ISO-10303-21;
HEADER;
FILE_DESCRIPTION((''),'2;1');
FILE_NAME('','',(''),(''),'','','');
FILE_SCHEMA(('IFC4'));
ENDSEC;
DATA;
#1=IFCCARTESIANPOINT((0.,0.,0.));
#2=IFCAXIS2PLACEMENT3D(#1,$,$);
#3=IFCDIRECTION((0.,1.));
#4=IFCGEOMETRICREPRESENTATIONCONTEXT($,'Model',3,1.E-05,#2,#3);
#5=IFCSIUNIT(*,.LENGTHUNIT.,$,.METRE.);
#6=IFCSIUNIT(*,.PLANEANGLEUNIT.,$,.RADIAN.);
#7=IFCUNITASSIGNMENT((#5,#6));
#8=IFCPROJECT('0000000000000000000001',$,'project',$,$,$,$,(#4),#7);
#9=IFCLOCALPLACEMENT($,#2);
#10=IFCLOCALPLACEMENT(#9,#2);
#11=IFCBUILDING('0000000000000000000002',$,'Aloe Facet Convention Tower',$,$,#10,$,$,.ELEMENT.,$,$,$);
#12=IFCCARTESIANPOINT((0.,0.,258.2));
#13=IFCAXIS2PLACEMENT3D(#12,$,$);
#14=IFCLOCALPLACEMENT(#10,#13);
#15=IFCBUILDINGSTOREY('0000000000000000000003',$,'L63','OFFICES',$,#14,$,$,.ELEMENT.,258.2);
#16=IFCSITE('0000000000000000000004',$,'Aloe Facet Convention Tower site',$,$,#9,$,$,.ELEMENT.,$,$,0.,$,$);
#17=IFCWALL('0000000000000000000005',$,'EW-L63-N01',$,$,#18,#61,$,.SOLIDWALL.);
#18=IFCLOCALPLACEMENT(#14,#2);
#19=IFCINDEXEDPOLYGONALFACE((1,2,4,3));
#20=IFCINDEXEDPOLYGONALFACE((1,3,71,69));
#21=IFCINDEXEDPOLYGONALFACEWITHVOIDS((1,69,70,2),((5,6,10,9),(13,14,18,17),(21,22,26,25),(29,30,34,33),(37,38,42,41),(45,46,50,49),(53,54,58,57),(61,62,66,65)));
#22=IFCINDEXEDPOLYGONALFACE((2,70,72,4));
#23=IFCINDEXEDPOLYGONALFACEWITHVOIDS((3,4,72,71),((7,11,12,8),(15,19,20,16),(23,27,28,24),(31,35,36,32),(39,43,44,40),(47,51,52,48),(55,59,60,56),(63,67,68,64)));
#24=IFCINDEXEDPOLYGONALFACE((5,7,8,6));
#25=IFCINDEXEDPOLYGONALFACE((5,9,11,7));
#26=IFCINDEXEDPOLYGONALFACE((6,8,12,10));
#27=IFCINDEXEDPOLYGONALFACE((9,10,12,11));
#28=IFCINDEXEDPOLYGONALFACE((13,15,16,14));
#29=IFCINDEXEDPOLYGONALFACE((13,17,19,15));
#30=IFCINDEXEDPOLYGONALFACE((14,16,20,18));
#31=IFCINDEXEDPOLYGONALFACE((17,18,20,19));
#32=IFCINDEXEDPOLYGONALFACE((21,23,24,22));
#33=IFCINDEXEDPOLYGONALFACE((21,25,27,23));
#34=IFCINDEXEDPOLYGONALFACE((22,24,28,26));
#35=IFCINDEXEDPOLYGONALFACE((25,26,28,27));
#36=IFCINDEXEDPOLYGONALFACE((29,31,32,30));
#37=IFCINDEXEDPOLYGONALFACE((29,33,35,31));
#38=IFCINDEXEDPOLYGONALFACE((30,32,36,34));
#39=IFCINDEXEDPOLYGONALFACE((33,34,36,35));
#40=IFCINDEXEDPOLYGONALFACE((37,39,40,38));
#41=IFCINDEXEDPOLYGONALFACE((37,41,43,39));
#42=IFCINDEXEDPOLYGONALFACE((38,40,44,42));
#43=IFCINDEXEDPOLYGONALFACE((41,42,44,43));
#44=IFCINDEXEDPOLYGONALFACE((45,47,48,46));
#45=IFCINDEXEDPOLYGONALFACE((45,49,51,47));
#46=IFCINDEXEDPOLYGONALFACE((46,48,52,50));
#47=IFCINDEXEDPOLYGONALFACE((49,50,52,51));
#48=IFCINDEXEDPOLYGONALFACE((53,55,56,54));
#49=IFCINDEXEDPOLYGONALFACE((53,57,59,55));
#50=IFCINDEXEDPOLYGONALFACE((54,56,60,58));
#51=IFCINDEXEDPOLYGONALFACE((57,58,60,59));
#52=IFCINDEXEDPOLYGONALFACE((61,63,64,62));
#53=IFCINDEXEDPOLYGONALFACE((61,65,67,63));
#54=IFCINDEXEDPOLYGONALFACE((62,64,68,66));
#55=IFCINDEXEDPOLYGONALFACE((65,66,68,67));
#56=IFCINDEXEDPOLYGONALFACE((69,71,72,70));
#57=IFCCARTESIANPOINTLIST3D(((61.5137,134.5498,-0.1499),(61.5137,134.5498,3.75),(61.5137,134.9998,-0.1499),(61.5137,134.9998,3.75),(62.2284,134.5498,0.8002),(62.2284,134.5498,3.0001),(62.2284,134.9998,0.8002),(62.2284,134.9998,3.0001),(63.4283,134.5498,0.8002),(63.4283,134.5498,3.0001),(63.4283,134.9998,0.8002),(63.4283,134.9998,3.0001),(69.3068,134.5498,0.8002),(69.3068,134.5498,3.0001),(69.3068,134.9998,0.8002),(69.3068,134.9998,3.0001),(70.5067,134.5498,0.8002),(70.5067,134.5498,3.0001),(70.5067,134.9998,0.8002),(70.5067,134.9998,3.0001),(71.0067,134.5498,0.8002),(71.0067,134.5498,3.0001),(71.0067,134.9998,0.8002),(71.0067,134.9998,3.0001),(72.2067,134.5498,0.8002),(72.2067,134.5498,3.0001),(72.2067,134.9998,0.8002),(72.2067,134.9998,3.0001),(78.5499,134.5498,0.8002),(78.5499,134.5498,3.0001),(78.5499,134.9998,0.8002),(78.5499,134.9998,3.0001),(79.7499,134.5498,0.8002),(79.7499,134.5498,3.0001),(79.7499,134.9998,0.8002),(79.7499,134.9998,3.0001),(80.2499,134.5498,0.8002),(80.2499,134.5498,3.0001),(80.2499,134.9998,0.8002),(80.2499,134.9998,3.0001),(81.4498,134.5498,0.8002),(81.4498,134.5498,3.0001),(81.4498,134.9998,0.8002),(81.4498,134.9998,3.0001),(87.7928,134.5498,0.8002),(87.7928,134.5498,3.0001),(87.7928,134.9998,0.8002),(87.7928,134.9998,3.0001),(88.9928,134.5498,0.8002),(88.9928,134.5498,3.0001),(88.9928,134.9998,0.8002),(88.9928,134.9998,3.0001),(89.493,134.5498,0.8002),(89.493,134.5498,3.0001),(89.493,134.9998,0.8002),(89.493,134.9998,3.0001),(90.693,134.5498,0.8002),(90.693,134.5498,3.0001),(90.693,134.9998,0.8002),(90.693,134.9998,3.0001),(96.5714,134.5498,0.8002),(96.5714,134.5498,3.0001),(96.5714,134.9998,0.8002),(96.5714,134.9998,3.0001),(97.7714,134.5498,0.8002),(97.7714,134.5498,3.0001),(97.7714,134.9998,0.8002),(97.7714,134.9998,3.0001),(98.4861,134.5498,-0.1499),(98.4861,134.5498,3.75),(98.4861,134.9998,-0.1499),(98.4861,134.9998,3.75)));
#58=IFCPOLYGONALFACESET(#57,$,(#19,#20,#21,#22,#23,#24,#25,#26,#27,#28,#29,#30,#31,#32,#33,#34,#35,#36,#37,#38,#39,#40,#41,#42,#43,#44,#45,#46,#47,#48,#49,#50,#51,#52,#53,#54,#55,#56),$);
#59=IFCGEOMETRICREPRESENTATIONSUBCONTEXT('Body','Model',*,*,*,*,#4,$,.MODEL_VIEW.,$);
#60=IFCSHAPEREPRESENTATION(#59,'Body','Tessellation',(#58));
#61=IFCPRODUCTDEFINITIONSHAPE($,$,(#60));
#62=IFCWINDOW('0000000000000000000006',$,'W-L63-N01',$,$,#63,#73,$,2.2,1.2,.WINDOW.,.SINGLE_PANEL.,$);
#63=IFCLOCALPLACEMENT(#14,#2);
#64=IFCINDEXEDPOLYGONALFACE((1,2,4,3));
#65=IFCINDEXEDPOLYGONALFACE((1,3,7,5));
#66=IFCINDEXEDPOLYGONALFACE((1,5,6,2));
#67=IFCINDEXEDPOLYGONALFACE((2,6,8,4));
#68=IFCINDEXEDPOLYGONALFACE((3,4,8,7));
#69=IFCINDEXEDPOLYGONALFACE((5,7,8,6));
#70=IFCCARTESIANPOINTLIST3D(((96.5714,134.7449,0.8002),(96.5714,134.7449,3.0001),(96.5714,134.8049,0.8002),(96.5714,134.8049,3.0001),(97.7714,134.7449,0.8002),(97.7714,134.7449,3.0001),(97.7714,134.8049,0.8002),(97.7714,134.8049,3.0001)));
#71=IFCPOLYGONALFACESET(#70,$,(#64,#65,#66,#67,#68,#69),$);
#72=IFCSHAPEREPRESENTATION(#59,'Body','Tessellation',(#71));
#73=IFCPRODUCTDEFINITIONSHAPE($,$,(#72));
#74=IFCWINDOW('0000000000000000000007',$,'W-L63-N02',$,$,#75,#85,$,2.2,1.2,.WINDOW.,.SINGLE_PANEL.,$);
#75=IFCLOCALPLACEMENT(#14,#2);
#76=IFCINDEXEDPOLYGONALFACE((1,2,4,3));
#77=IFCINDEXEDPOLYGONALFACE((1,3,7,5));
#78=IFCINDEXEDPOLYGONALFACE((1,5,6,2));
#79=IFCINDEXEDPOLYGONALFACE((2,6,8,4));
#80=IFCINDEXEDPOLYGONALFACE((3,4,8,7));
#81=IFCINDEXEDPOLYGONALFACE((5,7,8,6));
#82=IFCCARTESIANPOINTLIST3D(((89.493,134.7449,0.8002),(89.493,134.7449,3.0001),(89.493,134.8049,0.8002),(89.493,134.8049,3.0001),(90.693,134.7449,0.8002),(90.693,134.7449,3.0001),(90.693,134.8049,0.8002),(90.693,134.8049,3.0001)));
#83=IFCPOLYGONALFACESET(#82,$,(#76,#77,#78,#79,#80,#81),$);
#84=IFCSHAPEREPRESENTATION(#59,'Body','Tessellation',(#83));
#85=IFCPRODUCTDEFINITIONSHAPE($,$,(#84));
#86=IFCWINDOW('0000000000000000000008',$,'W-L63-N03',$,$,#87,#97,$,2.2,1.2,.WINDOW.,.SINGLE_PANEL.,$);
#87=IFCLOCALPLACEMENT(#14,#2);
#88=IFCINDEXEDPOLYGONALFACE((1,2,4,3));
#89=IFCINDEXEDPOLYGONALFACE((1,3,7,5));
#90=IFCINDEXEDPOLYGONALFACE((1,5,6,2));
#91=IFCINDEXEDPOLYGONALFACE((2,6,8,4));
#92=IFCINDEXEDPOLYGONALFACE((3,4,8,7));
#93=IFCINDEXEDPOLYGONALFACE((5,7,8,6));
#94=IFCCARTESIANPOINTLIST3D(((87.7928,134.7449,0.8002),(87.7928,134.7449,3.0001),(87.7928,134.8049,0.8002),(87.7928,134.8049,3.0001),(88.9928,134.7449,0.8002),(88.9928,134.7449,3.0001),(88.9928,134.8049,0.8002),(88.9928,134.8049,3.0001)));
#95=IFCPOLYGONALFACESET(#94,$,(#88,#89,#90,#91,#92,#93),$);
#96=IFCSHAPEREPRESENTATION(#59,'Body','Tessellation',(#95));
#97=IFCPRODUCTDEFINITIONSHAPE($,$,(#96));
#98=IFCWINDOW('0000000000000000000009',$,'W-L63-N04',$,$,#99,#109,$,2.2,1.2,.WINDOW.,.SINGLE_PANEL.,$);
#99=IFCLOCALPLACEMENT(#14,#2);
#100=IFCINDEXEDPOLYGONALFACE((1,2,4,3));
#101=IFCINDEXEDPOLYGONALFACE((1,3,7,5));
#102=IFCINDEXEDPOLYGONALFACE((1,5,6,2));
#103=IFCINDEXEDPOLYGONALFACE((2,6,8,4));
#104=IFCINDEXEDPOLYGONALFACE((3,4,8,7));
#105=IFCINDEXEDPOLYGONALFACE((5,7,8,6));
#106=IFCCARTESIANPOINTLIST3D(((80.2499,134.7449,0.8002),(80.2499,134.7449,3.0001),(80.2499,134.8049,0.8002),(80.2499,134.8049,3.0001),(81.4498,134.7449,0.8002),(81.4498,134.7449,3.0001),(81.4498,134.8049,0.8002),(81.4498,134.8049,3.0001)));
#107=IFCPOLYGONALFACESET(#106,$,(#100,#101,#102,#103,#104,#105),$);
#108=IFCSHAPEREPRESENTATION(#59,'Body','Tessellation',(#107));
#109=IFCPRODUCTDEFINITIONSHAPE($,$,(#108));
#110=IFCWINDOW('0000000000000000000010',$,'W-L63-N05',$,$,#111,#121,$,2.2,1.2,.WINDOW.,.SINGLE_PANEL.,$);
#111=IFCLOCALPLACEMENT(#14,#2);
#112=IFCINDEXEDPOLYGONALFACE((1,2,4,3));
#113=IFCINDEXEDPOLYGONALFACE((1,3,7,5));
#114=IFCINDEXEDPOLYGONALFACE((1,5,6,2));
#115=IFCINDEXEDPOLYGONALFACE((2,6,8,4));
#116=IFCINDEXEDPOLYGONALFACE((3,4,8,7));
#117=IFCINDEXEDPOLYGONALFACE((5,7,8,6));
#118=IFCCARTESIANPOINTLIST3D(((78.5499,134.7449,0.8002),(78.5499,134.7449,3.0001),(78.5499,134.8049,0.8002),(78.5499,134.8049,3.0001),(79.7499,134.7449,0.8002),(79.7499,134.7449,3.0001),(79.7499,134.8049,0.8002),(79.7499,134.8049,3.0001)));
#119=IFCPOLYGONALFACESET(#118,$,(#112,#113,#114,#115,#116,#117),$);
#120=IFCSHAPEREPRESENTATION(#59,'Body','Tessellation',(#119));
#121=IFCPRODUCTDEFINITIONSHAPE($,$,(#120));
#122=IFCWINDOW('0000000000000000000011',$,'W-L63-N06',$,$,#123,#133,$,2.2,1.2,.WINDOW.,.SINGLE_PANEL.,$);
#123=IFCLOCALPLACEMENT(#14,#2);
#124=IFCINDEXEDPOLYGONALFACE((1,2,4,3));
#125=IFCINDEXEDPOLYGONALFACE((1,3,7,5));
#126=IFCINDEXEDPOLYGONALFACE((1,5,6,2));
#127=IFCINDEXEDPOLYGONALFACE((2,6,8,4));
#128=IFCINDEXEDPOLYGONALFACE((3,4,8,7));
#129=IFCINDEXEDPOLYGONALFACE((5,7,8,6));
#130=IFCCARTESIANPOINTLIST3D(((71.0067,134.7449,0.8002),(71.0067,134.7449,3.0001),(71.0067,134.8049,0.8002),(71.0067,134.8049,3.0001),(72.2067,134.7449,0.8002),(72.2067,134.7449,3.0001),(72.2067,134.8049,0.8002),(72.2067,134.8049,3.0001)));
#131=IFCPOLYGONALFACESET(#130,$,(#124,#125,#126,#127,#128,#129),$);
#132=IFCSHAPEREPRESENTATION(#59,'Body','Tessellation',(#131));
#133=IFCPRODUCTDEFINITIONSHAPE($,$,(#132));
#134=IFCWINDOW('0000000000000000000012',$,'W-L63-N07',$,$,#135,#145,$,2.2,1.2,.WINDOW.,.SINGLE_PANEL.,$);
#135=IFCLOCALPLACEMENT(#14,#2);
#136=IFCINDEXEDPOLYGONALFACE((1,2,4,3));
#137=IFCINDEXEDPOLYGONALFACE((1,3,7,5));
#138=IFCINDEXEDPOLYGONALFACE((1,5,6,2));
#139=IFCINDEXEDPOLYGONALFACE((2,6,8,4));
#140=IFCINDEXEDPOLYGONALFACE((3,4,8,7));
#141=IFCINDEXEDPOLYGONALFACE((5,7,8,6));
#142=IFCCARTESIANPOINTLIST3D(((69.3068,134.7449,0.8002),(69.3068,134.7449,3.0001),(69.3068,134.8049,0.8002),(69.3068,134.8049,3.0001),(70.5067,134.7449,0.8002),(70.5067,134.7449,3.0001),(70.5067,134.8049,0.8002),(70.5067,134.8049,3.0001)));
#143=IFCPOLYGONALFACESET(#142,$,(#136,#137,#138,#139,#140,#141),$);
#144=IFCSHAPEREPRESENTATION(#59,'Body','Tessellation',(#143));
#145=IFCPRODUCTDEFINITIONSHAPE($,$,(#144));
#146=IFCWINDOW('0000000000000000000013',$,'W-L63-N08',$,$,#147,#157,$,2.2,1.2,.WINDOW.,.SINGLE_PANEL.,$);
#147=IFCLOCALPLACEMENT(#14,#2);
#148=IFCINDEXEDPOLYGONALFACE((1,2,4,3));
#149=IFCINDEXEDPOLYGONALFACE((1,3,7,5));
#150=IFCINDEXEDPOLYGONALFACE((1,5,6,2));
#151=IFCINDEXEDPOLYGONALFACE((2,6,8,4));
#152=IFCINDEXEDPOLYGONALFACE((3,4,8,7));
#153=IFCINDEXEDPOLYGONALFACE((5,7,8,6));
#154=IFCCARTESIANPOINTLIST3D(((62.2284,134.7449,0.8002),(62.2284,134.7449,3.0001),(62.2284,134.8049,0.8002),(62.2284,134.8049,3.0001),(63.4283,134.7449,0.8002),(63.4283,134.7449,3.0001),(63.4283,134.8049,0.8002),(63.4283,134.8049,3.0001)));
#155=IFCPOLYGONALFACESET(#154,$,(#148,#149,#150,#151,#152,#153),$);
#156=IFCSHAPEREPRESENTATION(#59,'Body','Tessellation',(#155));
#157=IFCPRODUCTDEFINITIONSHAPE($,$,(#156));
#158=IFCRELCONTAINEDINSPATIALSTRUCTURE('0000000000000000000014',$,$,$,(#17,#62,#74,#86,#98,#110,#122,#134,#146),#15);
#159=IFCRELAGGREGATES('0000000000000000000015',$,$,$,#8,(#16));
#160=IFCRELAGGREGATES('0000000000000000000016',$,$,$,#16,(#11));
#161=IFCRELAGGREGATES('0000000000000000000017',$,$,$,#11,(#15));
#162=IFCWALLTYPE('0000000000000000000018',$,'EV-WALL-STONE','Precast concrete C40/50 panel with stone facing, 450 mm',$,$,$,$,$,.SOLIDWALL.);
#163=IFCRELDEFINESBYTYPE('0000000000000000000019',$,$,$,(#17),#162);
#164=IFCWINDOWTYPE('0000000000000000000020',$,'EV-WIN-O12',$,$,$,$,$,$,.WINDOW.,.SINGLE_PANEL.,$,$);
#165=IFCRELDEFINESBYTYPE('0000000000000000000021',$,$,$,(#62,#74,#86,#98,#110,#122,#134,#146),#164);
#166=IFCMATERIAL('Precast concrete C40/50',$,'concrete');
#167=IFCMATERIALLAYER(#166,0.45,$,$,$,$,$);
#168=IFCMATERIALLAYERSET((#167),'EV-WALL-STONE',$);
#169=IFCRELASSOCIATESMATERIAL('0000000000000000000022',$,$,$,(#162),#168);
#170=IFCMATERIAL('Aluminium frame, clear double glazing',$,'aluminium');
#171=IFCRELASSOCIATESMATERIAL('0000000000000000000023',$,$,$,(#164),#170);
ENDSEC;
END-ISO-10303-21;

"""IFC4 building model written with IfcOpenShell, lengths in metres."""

from ifc_helpers import new_model, si_unit, direction, frame, frame_2d, origin, place, context, subcontext, project, spatial, polyline, rectangle, outline, extrude, material, layer, layer_set, type_object, element, fill, save


model = new_model("IFC4")

# Units and contexts
model_context = context("Model", 3, precision=1e-05, world=origin(), true_north=direction((0.0, 1.0)))
body_context = subcontext(model_context, "Body", "Model", "MODEL_VIEW")
ifc_project = project(units=[si_unit("LENGTHUNIT", "METRE"), si_unit("PLANEANGLEUNIT", "RADIAN")], contexts=[model_context])

# Site, building, storey
site_placement = place(None, origin())
site = spatial("IfcSite", under=ifc_project, at=site_placement, Name="Aloe Facet Convention Tower site", CompositionType="ELEMENT", RefElevation=0.0)
building_placement = place(site_placement, origin())
building = spatial("IfcBuilding", under=site, at=building_placement, Name="Aloe Facet Convention Tower", CompositionType="ELEMENT")
storey_placement = place(building_placement, frame((0.0, 0.0, 258.2)))
storey = spatial("IfcBuildingStorey", under=building, at=storey_placement, Name="L63", Description="OFFICES", CompositionType="ELEMENT", Elevation=258.2)

# Wall, openings, windows
ifc_material_1 = material(Name="Precast concrete C40/50", Category="concrete")
ifc_layer_1 = layer(ifc_material_1, 0.45)
ifc_layer_set_1 = layer_set([ifc_layer_1], Name="EV-WALL-STONE")
wall_type_1 = type_object("IfcWallType", Name="EV-WALL-STONE", Description="Precast concrete C40/50 panel with stone facing, 450 mm", PredefinedType="SOLIDWALL", material=ifc_layer_set_1)
wall_1_placement = place(storey_placement, frame((98.4861, 134.7749, -0.1499), z_axis=(0.0, 0.0, 1.0), x_axis=(-1.0, 0.0, 0.0)))
wall_1 = element("IfcWall", 1, at=wall_1_placement, inside=storey, type_object=wall_type_1, Name="EW-L63-N01", PredefinedType="SOLIDWALL", context=body_context, shape_type="SweptSolid", body=[
    extrude(outline(polyline([(36.9724, 0.0), (36.9724, 3.8999), (0.0, 3.8999), (0.0, 0.0), (36.9724, 0.0)])), frame((0.0, 0.2251, 0.0), z_axis=(0.0, -1.0, 0.0), x_axis=(1.0, 0.0, 0.0)), (0.0, 0.0, 1.0), 0.45),
])
opening_1_placement = place(wall_1_placement, frame((0.7146, 0.0, 0.95)))
opening_1 = element("IfcOpeningElement", 2, at=opening_1_placement, cuts=wall_1, PredefinedType="OPENING", context=body_context, shape_type="SweptSolid", body=[
    extrude(rectangle(XDim=1.2, YDim=2.2, at=frame_2d((0.6001, 1.1001))), frame((0.0, 0.2349, 0.0), z_axis=(0.0, -1.0, 0.0), x_axis=(1.0, 0.0, 0.0)), (0.0, 0.0, 1.0), 0.47),
])
opening_2_placement = place(wall_1_placement, frame((7.793, 0.0, 0.95)))
opening_2 = element("IfcOpeningElement", 3, at=opening_2_placement, cuts=wall_1, PredefinedType="OPENING", context=body_context, shape_type="SweptSolid", body=[
    extrude(rectangle(XDim=1.2, YDim=2.2, at=frame_2d((0.6001, 1.1001))), frame((0.0, 0.2349, 0.0), z_axis=(0.0, -1.0, 0.0), x_axis=(1.0, 0.0, 0.0)), (0.0, 0.0, 1.0), 0.47),
])
opening_3_placement = place(wall_1_placement, frame((9.4932, 0.0, 0.95)))
opening_3 = element("IfcOpeningElement", 4, at=opening_3_placement, cuts=wall_1, PredefinedType="OPENING", context=body_context, shape_type="SweptSolid", body=[
    extrude(rectangle(XDim=1.2, YDim=2.2, at=frame_2d((0.6001, 1.1001))), frame((0.0, 0.2349, 0.0), z_axis=(0.0, -1.0, 0.0), x_axis=(1.0, 0.0, 0.0)), (0.0, 0.0, 1.0), 0.47),
])
opening_4_placement = place(wall_1_placement, frame((17.0361, 0.0, 0.95)))
opening_4 = element("IfcOpeningElement", 5, at=opening_4_placement, cuts=wall_1, PredefinedType="OPENING", context=body_context, shape_type="SweptSolid", body=[
    extrude(rectangle(XDim=1.2, YDim=2.2, at=frame_2d((0.6001, 1.1001))), frame((0.0, 0.2349, 0.0), z_axis=(0.0, -1.0, 0.0), x_axis=(1.0, 0.0, 0.0)), (0.0, 0.0, 1.0), 0.47),
])
opening_5_placement = place(wall_1_placement, frame((18.7361, 0.0, 0.95)))
opening_5 = element("IfcOpeningElement", 6, at=opening_5_placement, cuts=wall_1, PredefinedType="OPENING", context=body_context, shape_type="SweptSolid", body=[
    extrude(rectangle(XDim=1.2, YDim=2.2, at=frame_2d((0.6001, 1.1001))), frame((0.0, 0.2349, 0.0), z_axis=(0.0, -1.0, 0.0), x_axis=(1.0, 0.0, 0.0)), (0.0, 0.0, 1.0), 0.47),
])
opening_6_placement = place(wall_1_placement, frame((26.2793, 0.0, 0.95)))
opening_6 = element("IfcOpeningElement", 7, at=opening_6_placement, cuts=wall_1, PredefinedType="OPENING", context=body_context, shape_type="SweptSolid", body=[
    extrude(rectangle(XDim=1.2, YDim=2.2, at=frame_2d((0.6001, 1.1001))), frame((0.0, 0.2349, 0.0), z_axis=(0.0, -1.0, 0.0), x_axis=(1.0, 0.0, 0.0)), (0.0, 0.0, 1.0), 0.47),
])
opening_7_placement = place(wall_1_placement, frame((27.9792, 0.0, 0.95)))
opening_7 = element("IfcOpeningElement", 8, at=opening_7_placement, cuts=wall_1, PredefinedType="OPENING", context=body_context, shape_type="SweptSolid", body=[
    extrude(rectangle(XDim=1.2, YDim=2.2, at=frame_2d((0.6001, 1.1001))), frame((0.0, 0.2349, 0.0), z_axis=(0.0, -1.0, 0.0), x_axis=(1.0, 0.0, 0.0)), (0.0, 0.0, 1.0), 0.47),
])
opening_8_placement = place(wall_1_placement, frame((35.0576, 0.0, 0.95)))
opening_8 = element("IfcOpeningElement", 9, at=opening_8_placement, cuts=wall_1, PredefinedType="OPENING", context=body_context, shape_type="SweptSolid", body=[
    extrude(rectangle(XDim=1.2, YDim=2.2, at=frame_2d((0.6001, 1.1001))), frame((0.0, 0.2349, 0.0), z_axis=(0.0, -1.0, 0.0), x_axis=(1.0, 0.0, 0.0)), (0.0, 0.0, 1.0), 0.47),
])
ifc_material_2 = material(Name="Aluminium frame, clear double glazing", Category="aluminium")
window_type = type_object("IfcWindowType", Name="EV-WIN-O12", PartitioningType="SINGLE_PANEL", PredefinedType="WINDOW", material=ifc_material_2)
window_1_placement = place(opening_1_placement, origin())
window_1 = element("IfcWindow", 10, at=window_1_placement, inside=storey, type_object=window_type, Name="W-L63-N01", OverallHeight=2.2, OverallWidth=1.2, PartitioningType="SINGLE_PANEL", PredefinedType="WINDOW", context=body_context, shape_type="SweptSolid", body=[
    extrude(rectangle(XDim=1.2, YDim=2.2, at=frame_2d((0.6001, 1.1001))), frame((0.0, 0.03, 0.0), z_axis=(0.0, -1.0, 0.0), x_axis=(1.0, 0.0, 0.0)), (0.0, 0.0, 1.0), 0.0601),
])
fill(opening_1, window_1)
window_2_placement = place(opening_2_placement, origin())
window_2 = element("IfcWindow", 11, at=window_2_placement, inside=storey, type_object=window_type, Name="W-L63-N02", OverallHeight=2.2, OverallWidth=1.2, PartitioningType="SINGLE_PANEL", PredefinedType="WINDOW", context=body_context, shape_type="SweptSolid", body=[
    extrude(rectangle(XDim=1.2, YDim=2.2, at=frame_2d((0.6001, 1.1001))), frame((0.0, 0.03, 0.0), z_axis=(0.0, -1.0, 0.0), x_axis=(1.0, 0.0, 0.0)), (0.0, 0.0, 1.0), 0.0601),
])
fill(opening_2, window_2)
window_3_placement = place(opening_3_placement, origin())
window_3 = element("IfcWindow", 12, at=window_3_placement, inside=storey, type_object=window_type, Name="W-L63-N03", OverallHeight=2.2, OverallWidth=1.2, PartitioningType="SINGLE_PANEL", PredefinedType="WINDOW", context=body_context, shape_type="SweptSolid", body=[
    extrude(rectangle(XDim=1.2, YDim=2.2, at=frame_2d((0.6001, 1.1001))), frame((0.0, 0.03, 0.0), z_axis=(0.0, -1.0, 0.0), x_axis=(1.0, 0.0, 0.0)), (0.0, 0.0, 1.0), 0.0601),
])
fill(opening_3, window_3)
window_4_placement = place(opening_4_placement, origin())
window_4 = element("IfcWindow", 13, at=window_4_placement, inside=storey, type_object=window_type, Name="W-L63-N04", OverallHeight=2.2, OverallWidth=1.2, PartitioningType="SINGLE_PANEL", PredefinedType="WINDOW", context=body_context, shape_type="SweptSolid", body=[
    extrude(rectangle(XDim=1.2, YDim=2.2, at=frame_2d((0.6001, 1.1001))), frame((0.0, 0.03, 0.0), z_axis=(0.0, -1.0, 0.0), x_axis=(1.0, 0.0, 0.0)), (0.0, 0.0, 1.0), 0.0601),
])
fill(opening_4, window_4)
window_5_placement = place(opening_5_placement, origin())
window_5 = element("IfcWindow", 14, at=window_5_placement, inside=storey, type_object=window_type, Name="W-L63-N05", OverallHeight=2.2, OverallWidth=1.2, PartitioningType="SINGLE_PANEL", PredefinedType="WINDOW", context=body_context, shape_type="SweptSolid", body=[
    extrude(rectangle(XDim=1.2, YDim=2.2, at=frame_2d((0.6001, 1.1001))), frame((0.0, 0.03, 0.0), z_axis=(0.0, -1.0, 0.0), x_axis=(1.0, 0.0, 0.0)), (0.0, 0.0, 1.0), 0.0601),
])
fill(opening_5, window_5)
window_6_placement = place(opening_6_placement, origin())
window_6 = element("IfcWindow", 15, at=window_6_placement, inside=storey, type_object=window_type, Name="W-L63-N06", OverallHeight=2.2, OverallWidth=1.2, PartitioningType="SINGLE_PANEL", PredefinedType="WINDOW", context=body_context, shape_type="SweptSolid", body=[
    extrude(rectangle(XDim=1.2, YDim=2.2, at=frame_2d((0.6001, 1.1001))), frame((0.0, 0.03, 0.0), z_axis=(0.0, -1.0, 0.0), x_axis=(1.0, 0.0, 0.0)), (0.0, 0.0, 1.0), 0.0601),
])
fill(opening_6, window_6)
window_7_placement = place(opening_7_placement, origin())
window_7 = element("IfcWindow", 16, at=window_7_placement, inside=storey, type_object=window_type, Name="W-L63-N07", OverallHeight=2.2, OverallWidth=1.2, PartitioningType="SINGLE_PANEL", PredefinedType="WINDOW", context=body_context, shape_type="SweptSolid", body=[
    extrude(rectangle(XDim=1.2, YDim=2.2, at=frame_2d((0.6001, 1.1001))), frame((0.0, 0.03, 0.0), z_axis=(0.0, -1.0, 0.0), x_axis=(1.0, 0.0, 0.0)), (0.0, 0.0, 1.0), 0.0601),
])
fill(opening_7, window_7)
window_8_placement = place(opening_8_placement, origin())
window_8 = element("IfcWindow", 17, at=window_8_placement, inside=storey, type_object=window_type, Name="W-L63-N08", OverallHeight=2.2, OverallWidth=1.2, PartitioningType="SINGLE_PANEL", PredefinedType="WINDOW", context=body_context, shape_type="SweptSolid", body=[
    extrude(rectangle(XDim=1.2, YDim=2.2, at=frame_2d((0.6001, 1.1001))), frame((0.0, 0.03, 0.0), z_axis=(0.0, -1.0, 0.0), x_axis=(1.0, 0.0, 0.0)), (0.0, 0.0, 1.0), 0.0601),
])
fill(opening_8, window_8)

save(model, "model.ifc")
